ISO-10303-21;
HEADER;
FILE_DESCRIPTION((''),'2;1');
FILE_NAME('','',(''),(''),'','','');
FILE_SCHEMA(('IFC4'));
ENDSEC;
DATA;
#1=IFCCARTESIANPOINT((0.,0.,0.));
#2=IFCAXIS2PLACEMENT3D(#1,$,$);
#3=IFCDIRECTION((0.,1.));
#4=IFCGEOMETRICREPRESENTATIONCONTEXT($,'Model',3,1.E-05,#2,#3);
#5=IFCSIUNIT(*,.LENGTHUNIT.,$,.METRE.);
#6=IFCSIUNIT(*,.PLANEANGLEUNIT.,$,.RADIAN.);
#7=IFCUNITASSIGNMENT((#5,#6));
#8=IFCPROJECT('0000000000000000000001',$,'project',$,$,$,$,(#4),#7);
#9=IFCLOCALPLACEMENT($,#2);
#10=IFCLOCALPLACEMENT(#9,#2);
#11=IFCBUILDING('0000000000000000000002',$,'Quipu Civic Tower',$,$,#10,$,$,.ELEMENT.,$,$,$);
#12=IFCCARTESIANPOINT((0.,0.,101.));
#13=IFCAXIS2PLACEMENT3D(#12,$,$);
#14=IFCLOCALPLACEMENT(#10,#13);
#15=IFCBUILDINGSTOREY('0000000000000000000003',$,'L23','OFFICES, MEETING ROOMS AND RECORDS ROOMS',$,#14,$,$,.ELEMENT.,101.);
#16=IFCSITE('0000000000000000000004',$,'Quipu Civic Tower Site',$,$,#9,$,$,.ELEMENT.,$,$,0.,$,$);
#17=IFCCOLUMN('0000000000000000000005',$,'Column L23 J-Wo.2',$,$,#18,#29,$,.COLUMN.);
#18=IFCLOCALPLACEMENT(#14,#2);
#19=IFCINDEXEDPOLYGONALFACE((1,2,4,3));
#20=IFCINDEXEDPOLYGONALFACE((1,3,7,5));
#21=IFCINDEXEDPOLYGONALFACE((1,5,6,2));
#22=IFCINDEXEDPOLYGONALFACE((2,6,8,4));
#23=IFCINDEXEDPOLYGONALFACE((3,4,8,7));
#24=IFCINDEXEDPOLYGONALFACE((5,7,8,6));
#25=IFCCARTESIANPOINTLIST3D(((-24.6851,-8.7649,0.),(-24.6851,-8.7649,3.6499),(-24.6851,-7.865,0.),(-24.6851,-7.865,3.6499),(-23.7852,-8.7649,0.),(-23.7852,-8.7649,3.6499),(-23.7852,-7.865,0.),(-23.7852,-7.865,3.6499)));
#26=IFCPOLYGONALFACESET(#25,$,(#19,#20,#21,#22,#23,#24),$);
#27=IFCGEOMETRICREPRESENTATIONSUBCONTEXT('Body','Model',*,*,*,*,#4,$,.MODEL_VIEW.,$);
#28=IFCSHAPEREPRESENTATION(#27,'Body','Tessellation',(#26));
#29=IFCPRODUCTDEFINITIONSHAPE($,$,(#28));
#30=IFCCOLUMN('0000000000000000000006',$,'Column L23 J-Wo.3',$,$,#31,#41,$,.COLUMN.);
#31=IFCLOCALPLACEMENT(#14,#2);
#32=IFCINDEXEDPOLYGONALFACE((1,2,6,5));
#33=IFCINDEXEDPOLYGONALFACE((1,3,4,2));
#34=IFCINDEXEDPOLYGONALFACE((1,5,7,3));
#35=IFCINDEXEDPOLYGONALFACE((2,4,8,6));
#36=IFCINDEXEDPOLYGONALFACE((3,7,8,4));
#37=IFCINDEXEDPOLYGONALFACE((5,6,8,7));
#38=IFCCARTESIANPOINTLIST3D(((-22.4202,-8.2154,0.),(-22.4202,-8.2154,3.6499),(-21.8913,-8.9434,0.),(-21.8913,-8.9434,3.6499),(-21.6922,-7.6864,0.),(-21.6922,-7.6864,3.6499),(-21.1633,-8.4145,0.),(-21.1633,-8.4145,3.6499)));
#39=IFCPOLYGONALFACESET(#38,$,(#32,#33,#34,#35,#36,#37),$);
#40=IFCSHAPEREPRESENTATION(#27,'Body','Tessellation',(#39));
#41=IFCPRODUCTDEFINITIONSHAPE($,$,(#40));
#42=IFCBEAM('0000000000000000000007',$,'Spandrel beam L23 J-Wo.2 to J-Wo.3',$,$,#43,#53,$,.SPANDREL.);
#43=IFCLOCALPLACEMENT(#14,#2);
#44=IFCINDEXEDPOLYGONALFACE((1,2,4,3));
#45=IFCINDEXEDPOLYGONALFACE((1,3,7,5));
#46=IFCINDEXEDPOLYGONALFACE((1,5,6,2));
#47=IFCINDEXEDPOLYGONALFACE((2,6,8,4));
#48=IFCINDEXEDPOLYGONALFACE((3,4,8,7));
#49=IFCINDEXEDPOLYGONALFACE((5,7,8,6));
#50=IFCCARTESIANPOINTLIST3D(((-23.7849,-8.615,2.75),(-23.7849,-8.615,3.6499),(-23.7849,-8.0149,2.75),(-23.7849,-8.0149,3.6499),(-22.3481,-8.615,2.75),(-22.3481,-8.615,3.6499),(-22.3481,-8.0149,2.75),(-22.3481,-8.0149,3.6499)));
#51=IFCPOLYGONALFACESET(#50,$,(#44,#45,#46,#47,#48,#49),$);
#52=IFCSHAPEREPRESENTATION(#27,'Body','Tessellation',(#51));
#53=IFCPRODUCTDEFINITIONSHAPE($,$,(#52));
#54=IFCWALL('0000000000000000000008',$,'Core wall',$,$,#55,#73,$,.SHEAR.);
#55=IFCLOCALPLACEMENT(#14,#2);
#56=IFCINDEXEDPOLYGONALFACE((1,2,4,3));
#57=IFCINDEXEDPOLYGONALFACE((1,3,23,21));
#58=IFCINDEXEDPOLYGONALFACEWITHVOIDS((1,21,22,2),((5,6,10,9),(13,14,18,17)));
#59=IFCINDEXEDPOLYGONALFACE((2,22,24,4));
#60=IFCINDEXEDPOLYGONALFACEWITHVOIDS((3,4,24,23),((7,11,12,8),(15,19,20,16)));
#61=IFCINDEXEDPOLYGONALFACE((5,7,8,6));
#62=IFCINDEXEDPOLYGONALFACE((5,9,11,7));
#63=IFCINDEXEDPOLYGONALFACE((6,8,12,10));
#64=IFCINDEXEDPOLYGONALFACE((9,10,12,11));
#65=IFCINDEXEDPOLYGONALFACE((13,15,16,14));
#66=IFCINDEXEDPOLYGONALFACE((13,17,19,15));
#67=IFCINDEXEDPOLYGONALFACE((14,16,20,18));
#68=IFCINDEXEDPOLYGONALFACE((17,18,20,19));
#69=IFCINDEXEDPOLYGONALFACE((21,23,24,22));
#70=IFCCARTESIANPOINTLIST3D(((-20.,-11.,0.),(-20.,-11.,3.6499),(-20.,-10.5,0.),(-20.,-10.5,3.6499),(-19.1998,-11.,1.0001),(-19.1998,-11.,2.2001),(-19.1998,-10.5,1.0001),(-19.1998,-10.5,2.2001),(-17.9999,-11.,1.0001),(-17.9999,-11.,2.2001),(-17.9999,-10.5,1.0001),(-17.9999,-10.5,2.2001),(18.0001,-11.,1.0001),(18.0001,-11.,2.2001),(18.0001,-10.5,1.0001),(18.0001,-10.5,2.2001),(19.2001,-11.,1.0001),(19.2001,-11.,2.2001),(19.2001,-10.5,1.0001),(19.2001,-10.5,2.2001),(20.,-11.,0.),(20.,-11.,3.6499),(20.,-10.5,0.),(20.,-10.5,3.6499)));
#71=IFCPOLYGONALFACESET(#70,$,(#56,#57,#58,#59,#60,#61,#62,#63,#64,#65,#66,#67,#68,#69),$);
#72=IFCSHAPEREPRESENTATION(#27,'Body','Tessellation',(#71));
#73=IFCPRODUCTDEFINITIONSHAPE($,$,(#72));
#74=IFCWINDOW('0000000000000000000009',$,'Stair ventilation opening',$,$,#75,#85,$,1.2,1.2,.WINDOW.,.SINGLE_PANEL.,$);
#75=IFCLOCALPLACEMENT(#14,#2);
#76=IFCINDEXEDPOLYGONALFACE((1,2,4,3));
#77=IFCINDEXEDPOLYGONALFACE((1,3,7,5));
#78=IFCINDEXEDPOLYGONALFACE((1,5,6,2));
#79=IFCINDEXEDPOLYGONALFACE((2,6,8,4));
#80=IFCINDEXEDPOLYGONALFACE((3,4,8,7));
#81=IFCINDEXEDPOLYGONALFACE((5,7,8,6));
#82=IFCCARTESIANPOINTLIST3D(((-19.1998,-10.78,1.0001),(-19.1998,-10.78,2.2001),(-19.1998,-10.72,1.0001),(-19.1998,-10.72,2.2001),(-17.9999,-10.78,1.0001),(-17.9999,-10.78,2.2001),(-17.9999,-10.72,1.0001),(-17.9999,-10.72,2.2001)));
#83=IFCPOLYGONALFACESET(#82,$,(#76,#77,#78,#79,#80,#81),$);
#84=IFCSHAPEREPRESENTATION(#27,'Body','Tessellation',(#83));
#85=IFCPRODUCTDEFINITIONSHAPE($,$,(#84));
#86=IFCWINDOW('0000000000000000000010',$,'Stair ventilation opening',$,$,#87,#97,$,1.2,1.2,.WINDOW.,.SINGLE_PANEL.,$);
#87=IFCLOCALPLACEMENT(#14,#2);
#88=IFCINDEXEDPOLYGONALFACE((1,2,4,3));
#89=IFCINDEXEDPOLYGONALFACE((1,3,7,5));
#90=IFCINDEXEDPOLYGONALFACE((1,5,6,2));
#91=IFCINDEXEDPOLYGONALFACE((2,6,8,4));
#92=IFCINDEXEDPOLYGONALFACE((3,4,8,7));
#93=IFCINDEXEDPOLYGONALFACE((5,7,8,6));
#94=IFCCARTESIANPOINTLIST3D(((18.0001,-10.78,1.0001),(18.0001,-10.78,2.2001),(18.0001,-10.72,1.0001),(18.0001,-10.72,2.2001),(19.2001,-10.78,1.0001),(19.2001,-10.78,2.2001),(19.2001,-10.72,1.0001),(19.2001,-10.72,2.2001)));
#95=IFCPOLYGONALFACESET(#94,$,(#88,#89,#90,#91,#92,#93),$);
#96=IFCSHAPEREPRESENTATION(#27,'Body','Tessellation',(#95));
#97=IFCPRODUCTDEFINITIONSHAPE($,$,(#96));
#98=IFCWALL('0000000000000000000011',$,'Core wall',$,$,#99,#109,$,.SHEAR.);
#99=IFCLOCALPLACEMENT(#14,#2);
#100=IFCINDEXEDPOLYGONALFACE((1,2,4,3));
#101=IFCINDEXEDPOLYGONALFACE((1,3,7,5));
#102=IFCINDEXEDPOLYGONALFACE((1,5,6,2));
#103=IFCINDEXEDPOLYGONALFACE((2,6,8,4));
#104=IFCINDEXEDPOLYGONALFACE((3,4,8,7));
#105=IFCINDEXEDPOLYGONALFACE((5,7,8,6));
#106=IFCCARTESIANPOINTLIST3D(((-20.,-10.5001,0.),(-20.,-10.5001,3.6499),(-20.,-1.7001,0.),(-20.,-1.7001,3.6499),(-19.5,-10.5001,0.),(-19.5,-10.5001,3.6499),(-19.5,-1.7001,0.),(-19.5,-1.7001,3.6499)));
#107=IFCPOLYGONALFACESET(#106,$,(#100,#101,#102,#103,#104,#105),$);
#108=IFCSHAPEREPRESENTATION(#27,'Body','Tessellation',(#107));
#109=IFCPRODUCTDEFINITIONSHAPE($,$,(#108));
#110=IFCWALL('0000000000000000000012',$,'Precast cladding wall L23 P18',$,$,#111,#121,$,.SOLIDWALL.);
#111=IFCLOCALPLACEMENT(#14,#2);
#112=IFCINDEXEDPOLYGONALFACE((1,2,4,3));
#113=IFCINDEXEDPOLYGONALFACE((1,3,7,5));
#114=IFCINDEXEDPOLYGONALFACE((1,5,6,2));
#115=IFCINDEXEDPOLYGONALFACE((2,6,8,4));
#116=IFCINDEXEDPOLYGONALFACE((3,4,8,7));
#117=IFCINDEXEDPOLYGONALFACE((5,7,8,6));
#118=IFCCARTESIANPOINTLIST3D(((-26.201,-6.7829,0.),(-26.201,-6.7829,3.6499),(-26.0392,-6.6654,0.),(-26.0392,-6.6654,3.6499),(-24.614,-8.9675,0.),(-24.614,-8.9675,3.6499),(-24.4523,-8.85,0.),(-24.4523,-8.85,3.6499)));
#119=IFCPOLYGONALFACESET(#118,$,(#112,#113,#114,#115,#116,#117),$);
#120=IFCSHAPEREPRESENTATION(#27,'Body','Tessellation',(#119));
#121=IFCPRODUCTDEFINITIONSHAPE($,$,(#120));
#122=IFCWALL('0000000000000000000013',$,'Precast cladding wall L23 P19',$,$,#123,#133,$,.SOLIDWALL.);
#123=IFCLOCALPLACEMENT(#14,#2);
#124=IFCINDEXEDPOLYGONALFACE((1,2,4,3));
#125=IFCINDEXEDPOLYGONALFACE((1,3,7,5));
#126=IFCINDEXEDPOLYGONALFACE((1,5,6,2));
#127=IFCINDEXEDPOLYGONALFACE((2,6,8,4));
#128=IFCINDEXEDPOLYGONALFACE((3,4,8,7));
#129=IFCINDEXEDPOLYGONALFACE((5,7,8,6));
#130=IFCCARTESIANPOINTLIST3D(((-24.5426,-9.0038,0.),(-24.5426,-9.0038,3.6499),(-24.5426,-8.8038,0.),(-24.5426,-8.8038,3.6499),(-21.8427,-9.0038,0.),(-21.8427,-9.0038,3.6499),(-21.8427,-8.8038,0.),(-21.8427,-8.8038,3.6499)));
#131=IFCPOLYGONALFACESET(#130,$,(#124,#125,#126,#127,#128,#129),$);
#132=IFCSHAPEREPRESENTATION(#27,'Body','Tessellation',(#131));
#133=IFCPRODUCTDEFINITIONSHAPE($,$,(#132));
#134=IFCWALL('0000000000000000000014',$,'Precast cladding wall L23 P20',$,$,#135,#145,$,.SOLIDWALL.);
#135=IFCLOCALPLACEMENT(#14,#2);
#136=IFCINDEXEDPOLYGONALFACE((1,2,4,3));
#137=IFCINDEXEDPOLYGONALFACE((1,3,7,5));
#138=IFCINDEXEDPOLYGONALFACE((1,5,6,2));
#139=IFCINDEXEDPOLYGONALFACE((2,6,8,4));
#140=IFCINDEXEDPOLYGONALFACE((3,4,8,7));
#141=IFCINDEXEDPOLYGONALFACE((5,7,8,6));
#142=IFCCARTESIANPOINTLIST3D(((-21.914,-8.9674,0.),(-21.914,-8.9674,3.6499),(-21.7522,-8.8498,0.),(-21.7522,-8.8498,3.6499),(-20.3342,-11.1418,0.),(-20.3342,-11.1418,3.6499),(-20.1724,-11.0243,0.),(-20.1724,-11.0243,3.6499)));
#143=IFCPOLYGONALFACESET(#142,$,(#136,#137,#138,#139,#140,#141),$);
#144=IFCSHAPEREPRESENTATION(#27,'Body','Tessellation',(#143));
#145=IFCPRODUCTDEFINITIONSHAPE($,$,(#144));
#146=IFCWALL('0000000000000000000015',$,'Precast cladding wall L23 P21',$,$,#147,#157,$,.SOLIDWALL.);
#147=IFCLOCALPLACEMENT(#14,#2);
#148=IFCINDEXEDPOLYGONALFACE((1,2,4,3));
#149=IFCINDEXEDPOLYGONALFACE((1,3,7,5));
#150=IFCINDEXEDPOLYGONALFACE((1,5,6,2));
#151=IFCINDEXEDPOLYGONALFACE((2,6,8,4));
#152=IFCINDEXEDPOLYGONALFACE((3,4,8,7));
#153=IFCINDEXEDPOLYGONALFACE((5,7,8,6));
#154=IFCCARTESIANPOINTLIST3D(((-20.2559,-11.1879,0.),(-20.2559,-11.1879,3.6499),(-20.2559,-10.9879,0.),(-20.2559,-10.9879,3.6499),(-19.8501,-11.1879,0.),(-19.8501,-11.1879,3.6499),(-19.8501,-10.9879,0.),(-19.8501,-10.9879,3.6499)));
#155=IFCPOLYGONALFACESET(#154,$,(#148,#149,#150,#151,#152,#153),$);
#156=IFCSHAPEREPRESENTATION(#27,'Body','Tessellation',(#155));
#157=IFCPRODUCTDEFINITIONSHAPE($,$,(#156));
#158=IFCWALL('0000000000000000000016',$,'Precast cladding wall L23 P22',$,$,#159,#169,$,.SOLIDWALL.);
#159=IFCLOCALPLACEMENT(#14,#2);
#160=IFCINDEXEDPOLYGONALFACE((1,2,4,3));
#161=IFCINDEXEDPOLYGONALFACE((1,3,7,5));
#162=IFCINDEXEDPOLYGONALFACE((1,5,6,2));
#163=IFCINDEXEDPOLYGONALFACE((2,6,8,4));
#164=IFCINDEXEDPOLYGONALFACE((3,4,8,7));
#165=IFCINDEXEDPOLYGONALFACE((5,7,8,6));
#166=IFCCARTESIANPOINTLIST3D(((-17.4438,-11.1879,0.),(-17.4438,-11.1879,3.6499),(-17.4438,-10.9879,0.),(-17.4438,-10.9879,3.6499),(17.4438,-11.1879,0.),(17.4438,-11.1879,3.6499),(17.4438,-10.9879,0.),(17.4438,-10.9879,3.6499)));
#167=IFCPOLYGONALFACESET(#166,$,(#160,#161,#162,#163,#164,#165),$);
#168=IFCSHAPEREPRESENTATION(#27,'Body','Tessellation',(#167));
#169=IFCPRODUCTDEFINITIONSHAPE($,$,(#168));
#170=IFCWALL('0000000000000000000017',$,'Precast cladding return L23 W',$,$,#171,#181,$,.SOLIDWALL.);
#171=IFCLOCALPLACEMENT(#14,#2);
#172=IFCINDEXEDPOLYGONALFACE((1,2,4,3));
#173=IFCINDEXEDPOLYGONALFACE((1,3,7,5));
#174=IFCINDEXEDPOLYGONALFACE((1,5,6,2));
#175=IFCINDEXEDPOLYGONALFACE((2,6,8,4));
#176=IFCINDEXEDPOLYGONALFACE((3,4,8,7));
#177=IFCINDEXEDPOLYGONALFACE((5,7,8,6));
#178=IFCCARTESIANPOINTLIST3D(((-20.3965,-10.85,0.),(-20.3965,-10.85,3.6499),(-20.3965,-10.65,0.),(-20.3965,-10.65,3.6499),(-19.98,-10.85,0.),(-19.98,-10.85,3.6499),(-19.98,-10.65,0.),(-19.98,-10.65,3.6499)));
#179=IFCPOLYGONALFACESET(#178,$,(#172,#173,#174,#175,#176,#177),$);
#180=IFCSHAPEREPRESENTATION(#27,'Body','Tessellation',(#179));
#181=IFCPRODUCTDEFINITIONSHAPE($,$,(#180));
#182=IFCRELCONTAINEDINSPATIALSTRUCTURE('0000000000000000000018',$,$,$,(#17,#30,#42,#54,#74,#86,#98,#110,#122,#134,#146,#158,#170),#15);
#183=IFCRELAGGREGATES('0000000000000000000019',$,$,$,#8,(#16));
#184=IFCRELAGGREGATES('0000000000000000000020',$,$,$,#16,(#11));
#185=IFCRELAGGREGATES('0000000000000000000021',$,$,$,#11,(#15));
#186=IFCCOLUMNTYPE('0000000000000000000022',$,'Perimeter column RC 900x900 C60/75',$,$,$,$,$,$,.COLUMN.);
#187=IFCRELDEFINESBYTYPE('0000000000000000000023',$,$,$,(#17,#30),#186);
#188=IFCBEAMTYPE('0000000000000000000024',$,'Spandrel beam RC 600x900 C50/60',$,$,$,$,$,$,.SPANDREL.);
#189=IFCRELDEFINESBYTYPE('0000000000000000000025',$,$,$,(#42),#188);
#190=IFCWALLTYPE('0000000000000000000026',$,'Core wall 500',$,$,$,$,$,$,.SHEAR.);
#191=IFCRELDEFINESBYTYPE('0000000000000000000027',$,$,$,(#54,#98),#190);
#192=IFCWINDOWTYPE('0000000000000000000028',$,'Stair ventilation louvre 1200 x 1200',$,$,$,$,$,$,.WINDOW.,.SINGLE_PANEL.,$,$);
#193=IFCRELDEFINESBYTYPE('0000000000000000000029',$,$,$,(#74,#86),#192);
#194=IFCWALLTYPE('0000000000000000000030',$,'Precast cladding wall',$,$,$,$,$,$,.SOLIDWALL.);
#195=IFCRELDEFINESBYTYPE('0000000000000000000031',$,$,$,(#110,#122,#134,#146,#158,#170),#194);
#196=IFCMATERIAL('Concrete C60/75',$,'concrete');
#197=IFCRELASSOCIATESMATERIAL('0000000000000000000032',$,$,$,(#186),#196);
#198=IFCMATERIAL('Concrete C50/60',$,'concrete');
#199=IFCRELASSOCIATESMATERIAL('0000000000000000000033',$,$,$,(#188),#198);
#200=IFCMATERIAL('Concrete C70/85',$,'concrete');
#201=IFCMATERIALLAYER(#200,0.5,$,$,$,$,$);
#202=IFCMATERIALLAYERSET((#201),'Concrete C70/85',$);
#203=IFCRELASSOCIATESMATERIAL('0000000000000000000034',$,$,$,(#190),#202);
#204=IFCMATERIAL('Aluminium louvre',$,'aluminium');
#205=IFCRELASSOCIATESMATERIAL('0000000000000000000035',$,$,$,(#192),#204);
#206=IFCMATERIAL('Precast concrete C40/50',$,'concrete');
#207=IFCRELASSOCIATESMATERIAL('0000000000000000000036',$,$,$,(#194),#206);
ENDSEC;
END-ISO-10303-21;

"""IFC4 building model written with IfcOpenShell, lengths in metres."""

from ifc_helpers import new_model, si_unit, direction, frame, frame_2d, origin, origin_2d, place, context, subcontext, project, spatial, rectangle, extrude, material, layer, layer_set, material_profile, profile_set, type_object, element, fill, save


model = new_model("IFC4")

# Units and contexts
model_context = context("Model", 3, precision=1e-05, world=origin(), true_north=direction((0.0, 1.0)))
body_context = subcontext(model_context, "Body", "Model", "MODEL_VIEW")
ifc_project = project(units=[si_unit("LENGTHUNIT", "METRE"), si_unit("PLANEANGLEUNIT", "RADIAN")], contexts=[model_context])

# Site, building, storey
site_placement = place(None, origin())
site = spatial("IfcSite", under=ifc_project, at=site_placement, Name="Quipu Civic Tower Site", CompositionType="ELEMENT", RefElevation=0.0)
building_placement = place(site_placement, origin())
building = spatial("IfcBuilding", under=site, at=building_placement, Name="Quipu Civic Tower", CompositionType="ELEMENT")
storey_placement = place(building_placement, frame((0.0, 0.0, 101.0)))
storey = spatial("IfcBuildingStorey", under=building, at=storey_placement, Name="L23", Description="OFFICES, MEETING ROOMS AND RECORDS ROOMS", CompositionType="ELEMENT", Elevation=101.0)

# Columns
ifc_material_1 = material(Name="Concrete C60/75", Category="concrete")
ifc_material_profile_1 = material_profile(ifc_material_1, rectangle(XDim=0.8999, YDim=0.8999, at=origin_2d()), Name="RC900x900")
ifc_profile_set_1 = profile_set([ifc_material_profile_1], Name="Concrete C60/75")
column_type = type_object("IfcColumnType", Name="Perimeter column RC 900x900 C60/75", PredefinedType="COLUMN", material=ifc_profile_set_1)
for number, where, z_axis, x_axis, name in (
    (1, (-24.2351, -8.3149, 0.0), (0.0, 0.0, 1.0), (1.0, 0.0, 0.0), "Column L23 J-Wo.2"),
    (2, (-21.7917, -8.3149, 0.0), (0.0, 0.0, 1.0), (0.587785, -0.809017, 0.0), "Column L23 J-Wo.3"),
):
    element("IfcColumn", number, at=place(storey_placement, frame(where, z_axis=z_axis, x_axis=x_axis)), inside=storey, type_object=column_type, Name=name, PredefinedType="COLUMN", context=body_context, shape_type="SweptSolid", body=[
        extrude(rectangle(XDim=0.8999, YDim=0.8999, at=origin_2d()), origin(), (0.0, 0.0, 1.0), 3.6499),
    ])

# Beam
ifc_material_2 = material(Name="Concrete C50/60", Category="concrete")
ifc_material_profile_2 = material_profile(ifc_material_2, rectangle(XDim=0.6001, YDim=0.8999, at=origin_2d()), Name="RC600x900")
ifc_profile_set_2 = profile_set([ifc_material_profile_2], Name="Concrete C50/60")
beam_type = type_object("IfcBeamType", Name="Spandrel beam RC 600x900 C50/60", PredefinedType="SPANDREL", material=ifc_profile_set_2)
beam_placement = place(storey_placement, frame((-23.7849, -8.3149, 3.2), z_axis=(1.0, 0.0, 0.0), x_axis=(0.0, 1.0, 0.0)))
element("IfcBeam", 3, at=beam_placement, inside=storey, type_object=beam_type, Name="Spandrel beam L23 J-Wo.2 to J-Wo.3", PredefinedType="SPANDREL", context=body_context, shape_type="SweptSolid", body=[
    extrude(rectangle(XDim=0.6001, YDim=0.8999, at=origin_2d()), origin(), (0.0, 0.0, 1.0), 1.4368),
])

# Wall, openings, windows
ifc_material_3 = material(Name="Concrete C70/85", Category="concrete")
ifc_layer = layer(ifc_material_3, 0.5)
ifc_layer_set = layer_set([ifc_layer], Name="Concrete C70/85")
wall_type_1 = type_object("IfcWallType", Name="Core wall 500", PredefinedType="SHEAR", material=ifc_layer_set)
wall_1_placement = place(storey_placement, frame((-20.0, -10.75, 0.0), z_axis=(0.0, 0.0, 1.0), x_axis=(1.0, 0.0, 0.0)))
wall_1 = element("IfcWall", 4, at=wall_1_placement, inside=storey, type_object=wall_type_1, Name="Core wall", PredefinedType="SHEAR", context=body_context, shape_type="SweptSolid", body=[
    extrude(rectangle(XDim=40.0, YDim=0.5, at=frame_2d((20.0, 0.0))), origin(), (0.0, 0.0, 1.0), 3.6499),
])
opening_1_placement = place(wall_1_placement, frame((0.8, 0.0, 1.0)))
opening_1 = element("IfcOpeningElement", 5, at=opening_1_placement, cuts=wall_1, PredefinedType="OPENING", context=body_context, shape_type="SweptSolid", body=[
    extrude(rectangle(XDim=1.2, YDim=1.2, at=frame_2d((0.6001, 0.6001))), frame((0.0, 0.26, 0.0), z_axis=(0.0, -1.0, 0.0), x_axis=(1.0, 0.0, 0.0)), (0.0, 0.0, 1.0), 0.52),
])
opening_2_placement = place(wall_1_placement, frame((38.0, 0.0, 1.0)))
opening_2 = element("IfcOpeningElement", 6, at=opening_2_placement, cuts=wall_1, PredefinedType="OPENING", context=body_context, shape_type="SweptSolid", body=[
    extrude(rectangle(XDim=1.2, YDim=1.2, at=frame_2d((0.6001, 0.6001))), frame((0.0, 0.26, 0.0), z_axis=(0.0, -1.0, 0.0), x_axis=(1.0, 0.0, 0.0)), (0.0, 0.0, 1.0), 0.52),
])
ifc_material_4 = material(Name="Aluminium louvre", Category="aluminium")
window_type = type_object("IfcWindowType", Name="Stair ventilation louvre 1200 x 1200", PartitioningType="SINGLE_PANEL", PredefinedType="WINDOW", material=ifc_material_4)
window_1_placement = place(opening_1_placement, origin())
window_1 = element("IfcWindow", 7, at=window_1_placement, inside=storey, type_object=window_type, Name="Stair ventilation opening", OverallHeight=1.2, OverallWidth=1.2, PartitioningType="SINGLE_PANEL", PredefinedType="WINDOW", context=body_context, shape_type="SweptSolid", body=[
    extrude(rectangle(XDim=1.2, YDim=1.2, at=frame_2d((0.6001, 0.6001))), frame((0.0, 0.03, 0.0), z_axis=(0.0, -1.0, 0.0), x_axis=(1.0, 0.0, 0.0)), (0.0, 0.0, 1.0), 0.0601),
])
fill(opening_1, window_1)
window_2_placement = place(opening_2_placement, origin())
window_2 = element("IfcWindow", 8, at=window_2_placement, inside=storey, type_object=window_type, Name="Stair ventilation opening", OverallHeight=1.2, OverallWidth=1.2, PartitioningType="SINGLE_PANEL", PredefinedType="WINDOW", context=body_context, shape_type="SweptSolid", body=[
    extrude(rectangle(XDim=1.2, YDim=1.2, at=frame_2d((0.6001, 0.6001))), frame((0.0, 0.03, 0.0), z_axis=(0.0, -1.0, 0.0), x_axis=(1.0, 0.0, 0.0)), (0.0, 0.0, 1.0), 0.0601),
])
fill(opening_2, window_2)

# Walls
wall_2_placement = place(storey_placement, frame((-19.75, -10.5, 0.0), z_axis=(0.0, 0.0, 1.0), x_axis=(0.0, 1.0, 0.0)))
element("IfcWall", 9, at=wall_2_placement, inside=storey, type_object=wall_type_1, Name="Core wall", PredefinedType="SHEAR", context=body_context, shape_type="SweptSolid", body=[
    extrude(rectangle(XDim=8.8, YDim=0.5, at=frame_2d((4.3999, 0.0))), origin(), (0.0, 0.0, 1.0), 3.6499),
])
ifc_material_5 = material(Name="Precast concrete C40/50", Category="concrete")
wall_type_2 = type_object("IfcWallType", Name="Precast cladding wall", PredefinedType="SOLIDWALL", material=ifc_material_5)
wall_3_placement = place(storey_placement, frame((-26.1201, -6.7241, 0.0), z_axis=(0.0, 0.0, 1.0), x_axis=(0.58772, -0.809064, 0.0)))
element("IfcWall", 10, at=wall_3_placement, inside=storey, type_object=wall_type_2, Name="Precast cladding wall L23 P18", PredefinedType="SOLIDWALL", context=body_context, shape_type="SweptSolid", body=[
    extrude(rectangle(XDim=2.7002, YDim=0.2, at=frame_2d((1.3501, 0.0))), origin(), (0.0, 0.0, 1.0), 3.6499),
])
wall_4_placement = place(storey_placement, frame((-24.5427, -8.9038, 0.0), z_axis=(0.0, 0.0, 1.0), x_axis=(1.0, 0.0, 0.0)))
element("IfcWall", 11, at=wall_4_placement, inside=storey, type_object=wall_type_2, Name="Precast cladding wall L23 P19", PredefinedType="SOLIDWALL", context=body_context, shape_type="SweptSolid", body=[
    extrude(rectangle(XDim=2.7, YDim=0.2, at=frame_2d((1.3501, 0.0))), origin(), (0.0, 0.0, 1.0), 3.6499),
])
wall_5_placement = place(storey_placement, frame((-21.833, -8.9087, 0.0), z_axis=(0.0, 0.0, 1.0), x_axis=(0.587767, -0.809031, 0.0)))
element("IfcWall", 12, at=wall_5_placement, inside=storey, type_object=wall_type_2, Name="Precast cladding wall L23 P20", PredefinedType="SOLIDWALL", context=body_context, shape_type="SweptSolid", body=[
    extrude(rectangle(XDim=2.6877, YDim=0.2, at=frame_2d((1.3438, 0.0))), origin(), (0.0, 0.0, 1.0), 3.6499),
])
wall_6_placement = place(storey_placement, frame((-20.2559, -11.0879, 0.0), z_axis=(0.0, 0.0, 1.0), x_axis=(1.0, 0.0, 0.0)))
element("IfcWall", 13, at=wall_6_placement, inside=storey, type_object=wall_type_2, Name="Precast cladding wall L23 P21", PredefinedType="SOLIDWALL", context=body_context, shape_type="SweptSolid", body=[
    extrude(rectangle(XDim=0.4058, YDim=0.2, at=frame_2d((0.2029, 0.0))), origin(), (0.0, 0.0, 1.0), 3.6499),
])
wall_7_placement = place(storey_placement, frame((-17.4438, -11.0879, 0.0), z_axis=(0.0, 0.0, 1.0), x_axis=(1.0, 0.0, 0.0)))
element("IfcWall", 14, at=wall_7_placement, inside=storey, type_object=wall_type_2, Name="Precast cladding wall L23 P22", PredefinedType="SOLIDWALL", context=body_context, shape_type="SweptSolid", body=[
    extrude(rectangle(XDim=34.8877, YDim=0.2, at=frame_2d((17.4438, 0.0))), origin(), (0.0, 0.0, 1.0), 3.6499),
])
wall_8_placement = place(storey_placement, frame((-19.98, -10.75, 0.0), z_axis=(0.0, 0.0, 1.0), x_axis=(-1.0, 0.0, 0.0)))
element("IfcWall", 15, at=wall_8_placement, inside=storey, type_object=wall_type_2, Name="Precast cladding return L23 W", PredefinedType="SOLIDWALL", context=body_context, shape_type="SweptSolid", body=[
    extrude(rectangle(XDim=0.4165, YDim=0.2, at=frame_2d((0.2083, 0.0))), origin(), (0.0, 0.0, 1.0), 3.6499),
])

save(model, "model.ifc")
